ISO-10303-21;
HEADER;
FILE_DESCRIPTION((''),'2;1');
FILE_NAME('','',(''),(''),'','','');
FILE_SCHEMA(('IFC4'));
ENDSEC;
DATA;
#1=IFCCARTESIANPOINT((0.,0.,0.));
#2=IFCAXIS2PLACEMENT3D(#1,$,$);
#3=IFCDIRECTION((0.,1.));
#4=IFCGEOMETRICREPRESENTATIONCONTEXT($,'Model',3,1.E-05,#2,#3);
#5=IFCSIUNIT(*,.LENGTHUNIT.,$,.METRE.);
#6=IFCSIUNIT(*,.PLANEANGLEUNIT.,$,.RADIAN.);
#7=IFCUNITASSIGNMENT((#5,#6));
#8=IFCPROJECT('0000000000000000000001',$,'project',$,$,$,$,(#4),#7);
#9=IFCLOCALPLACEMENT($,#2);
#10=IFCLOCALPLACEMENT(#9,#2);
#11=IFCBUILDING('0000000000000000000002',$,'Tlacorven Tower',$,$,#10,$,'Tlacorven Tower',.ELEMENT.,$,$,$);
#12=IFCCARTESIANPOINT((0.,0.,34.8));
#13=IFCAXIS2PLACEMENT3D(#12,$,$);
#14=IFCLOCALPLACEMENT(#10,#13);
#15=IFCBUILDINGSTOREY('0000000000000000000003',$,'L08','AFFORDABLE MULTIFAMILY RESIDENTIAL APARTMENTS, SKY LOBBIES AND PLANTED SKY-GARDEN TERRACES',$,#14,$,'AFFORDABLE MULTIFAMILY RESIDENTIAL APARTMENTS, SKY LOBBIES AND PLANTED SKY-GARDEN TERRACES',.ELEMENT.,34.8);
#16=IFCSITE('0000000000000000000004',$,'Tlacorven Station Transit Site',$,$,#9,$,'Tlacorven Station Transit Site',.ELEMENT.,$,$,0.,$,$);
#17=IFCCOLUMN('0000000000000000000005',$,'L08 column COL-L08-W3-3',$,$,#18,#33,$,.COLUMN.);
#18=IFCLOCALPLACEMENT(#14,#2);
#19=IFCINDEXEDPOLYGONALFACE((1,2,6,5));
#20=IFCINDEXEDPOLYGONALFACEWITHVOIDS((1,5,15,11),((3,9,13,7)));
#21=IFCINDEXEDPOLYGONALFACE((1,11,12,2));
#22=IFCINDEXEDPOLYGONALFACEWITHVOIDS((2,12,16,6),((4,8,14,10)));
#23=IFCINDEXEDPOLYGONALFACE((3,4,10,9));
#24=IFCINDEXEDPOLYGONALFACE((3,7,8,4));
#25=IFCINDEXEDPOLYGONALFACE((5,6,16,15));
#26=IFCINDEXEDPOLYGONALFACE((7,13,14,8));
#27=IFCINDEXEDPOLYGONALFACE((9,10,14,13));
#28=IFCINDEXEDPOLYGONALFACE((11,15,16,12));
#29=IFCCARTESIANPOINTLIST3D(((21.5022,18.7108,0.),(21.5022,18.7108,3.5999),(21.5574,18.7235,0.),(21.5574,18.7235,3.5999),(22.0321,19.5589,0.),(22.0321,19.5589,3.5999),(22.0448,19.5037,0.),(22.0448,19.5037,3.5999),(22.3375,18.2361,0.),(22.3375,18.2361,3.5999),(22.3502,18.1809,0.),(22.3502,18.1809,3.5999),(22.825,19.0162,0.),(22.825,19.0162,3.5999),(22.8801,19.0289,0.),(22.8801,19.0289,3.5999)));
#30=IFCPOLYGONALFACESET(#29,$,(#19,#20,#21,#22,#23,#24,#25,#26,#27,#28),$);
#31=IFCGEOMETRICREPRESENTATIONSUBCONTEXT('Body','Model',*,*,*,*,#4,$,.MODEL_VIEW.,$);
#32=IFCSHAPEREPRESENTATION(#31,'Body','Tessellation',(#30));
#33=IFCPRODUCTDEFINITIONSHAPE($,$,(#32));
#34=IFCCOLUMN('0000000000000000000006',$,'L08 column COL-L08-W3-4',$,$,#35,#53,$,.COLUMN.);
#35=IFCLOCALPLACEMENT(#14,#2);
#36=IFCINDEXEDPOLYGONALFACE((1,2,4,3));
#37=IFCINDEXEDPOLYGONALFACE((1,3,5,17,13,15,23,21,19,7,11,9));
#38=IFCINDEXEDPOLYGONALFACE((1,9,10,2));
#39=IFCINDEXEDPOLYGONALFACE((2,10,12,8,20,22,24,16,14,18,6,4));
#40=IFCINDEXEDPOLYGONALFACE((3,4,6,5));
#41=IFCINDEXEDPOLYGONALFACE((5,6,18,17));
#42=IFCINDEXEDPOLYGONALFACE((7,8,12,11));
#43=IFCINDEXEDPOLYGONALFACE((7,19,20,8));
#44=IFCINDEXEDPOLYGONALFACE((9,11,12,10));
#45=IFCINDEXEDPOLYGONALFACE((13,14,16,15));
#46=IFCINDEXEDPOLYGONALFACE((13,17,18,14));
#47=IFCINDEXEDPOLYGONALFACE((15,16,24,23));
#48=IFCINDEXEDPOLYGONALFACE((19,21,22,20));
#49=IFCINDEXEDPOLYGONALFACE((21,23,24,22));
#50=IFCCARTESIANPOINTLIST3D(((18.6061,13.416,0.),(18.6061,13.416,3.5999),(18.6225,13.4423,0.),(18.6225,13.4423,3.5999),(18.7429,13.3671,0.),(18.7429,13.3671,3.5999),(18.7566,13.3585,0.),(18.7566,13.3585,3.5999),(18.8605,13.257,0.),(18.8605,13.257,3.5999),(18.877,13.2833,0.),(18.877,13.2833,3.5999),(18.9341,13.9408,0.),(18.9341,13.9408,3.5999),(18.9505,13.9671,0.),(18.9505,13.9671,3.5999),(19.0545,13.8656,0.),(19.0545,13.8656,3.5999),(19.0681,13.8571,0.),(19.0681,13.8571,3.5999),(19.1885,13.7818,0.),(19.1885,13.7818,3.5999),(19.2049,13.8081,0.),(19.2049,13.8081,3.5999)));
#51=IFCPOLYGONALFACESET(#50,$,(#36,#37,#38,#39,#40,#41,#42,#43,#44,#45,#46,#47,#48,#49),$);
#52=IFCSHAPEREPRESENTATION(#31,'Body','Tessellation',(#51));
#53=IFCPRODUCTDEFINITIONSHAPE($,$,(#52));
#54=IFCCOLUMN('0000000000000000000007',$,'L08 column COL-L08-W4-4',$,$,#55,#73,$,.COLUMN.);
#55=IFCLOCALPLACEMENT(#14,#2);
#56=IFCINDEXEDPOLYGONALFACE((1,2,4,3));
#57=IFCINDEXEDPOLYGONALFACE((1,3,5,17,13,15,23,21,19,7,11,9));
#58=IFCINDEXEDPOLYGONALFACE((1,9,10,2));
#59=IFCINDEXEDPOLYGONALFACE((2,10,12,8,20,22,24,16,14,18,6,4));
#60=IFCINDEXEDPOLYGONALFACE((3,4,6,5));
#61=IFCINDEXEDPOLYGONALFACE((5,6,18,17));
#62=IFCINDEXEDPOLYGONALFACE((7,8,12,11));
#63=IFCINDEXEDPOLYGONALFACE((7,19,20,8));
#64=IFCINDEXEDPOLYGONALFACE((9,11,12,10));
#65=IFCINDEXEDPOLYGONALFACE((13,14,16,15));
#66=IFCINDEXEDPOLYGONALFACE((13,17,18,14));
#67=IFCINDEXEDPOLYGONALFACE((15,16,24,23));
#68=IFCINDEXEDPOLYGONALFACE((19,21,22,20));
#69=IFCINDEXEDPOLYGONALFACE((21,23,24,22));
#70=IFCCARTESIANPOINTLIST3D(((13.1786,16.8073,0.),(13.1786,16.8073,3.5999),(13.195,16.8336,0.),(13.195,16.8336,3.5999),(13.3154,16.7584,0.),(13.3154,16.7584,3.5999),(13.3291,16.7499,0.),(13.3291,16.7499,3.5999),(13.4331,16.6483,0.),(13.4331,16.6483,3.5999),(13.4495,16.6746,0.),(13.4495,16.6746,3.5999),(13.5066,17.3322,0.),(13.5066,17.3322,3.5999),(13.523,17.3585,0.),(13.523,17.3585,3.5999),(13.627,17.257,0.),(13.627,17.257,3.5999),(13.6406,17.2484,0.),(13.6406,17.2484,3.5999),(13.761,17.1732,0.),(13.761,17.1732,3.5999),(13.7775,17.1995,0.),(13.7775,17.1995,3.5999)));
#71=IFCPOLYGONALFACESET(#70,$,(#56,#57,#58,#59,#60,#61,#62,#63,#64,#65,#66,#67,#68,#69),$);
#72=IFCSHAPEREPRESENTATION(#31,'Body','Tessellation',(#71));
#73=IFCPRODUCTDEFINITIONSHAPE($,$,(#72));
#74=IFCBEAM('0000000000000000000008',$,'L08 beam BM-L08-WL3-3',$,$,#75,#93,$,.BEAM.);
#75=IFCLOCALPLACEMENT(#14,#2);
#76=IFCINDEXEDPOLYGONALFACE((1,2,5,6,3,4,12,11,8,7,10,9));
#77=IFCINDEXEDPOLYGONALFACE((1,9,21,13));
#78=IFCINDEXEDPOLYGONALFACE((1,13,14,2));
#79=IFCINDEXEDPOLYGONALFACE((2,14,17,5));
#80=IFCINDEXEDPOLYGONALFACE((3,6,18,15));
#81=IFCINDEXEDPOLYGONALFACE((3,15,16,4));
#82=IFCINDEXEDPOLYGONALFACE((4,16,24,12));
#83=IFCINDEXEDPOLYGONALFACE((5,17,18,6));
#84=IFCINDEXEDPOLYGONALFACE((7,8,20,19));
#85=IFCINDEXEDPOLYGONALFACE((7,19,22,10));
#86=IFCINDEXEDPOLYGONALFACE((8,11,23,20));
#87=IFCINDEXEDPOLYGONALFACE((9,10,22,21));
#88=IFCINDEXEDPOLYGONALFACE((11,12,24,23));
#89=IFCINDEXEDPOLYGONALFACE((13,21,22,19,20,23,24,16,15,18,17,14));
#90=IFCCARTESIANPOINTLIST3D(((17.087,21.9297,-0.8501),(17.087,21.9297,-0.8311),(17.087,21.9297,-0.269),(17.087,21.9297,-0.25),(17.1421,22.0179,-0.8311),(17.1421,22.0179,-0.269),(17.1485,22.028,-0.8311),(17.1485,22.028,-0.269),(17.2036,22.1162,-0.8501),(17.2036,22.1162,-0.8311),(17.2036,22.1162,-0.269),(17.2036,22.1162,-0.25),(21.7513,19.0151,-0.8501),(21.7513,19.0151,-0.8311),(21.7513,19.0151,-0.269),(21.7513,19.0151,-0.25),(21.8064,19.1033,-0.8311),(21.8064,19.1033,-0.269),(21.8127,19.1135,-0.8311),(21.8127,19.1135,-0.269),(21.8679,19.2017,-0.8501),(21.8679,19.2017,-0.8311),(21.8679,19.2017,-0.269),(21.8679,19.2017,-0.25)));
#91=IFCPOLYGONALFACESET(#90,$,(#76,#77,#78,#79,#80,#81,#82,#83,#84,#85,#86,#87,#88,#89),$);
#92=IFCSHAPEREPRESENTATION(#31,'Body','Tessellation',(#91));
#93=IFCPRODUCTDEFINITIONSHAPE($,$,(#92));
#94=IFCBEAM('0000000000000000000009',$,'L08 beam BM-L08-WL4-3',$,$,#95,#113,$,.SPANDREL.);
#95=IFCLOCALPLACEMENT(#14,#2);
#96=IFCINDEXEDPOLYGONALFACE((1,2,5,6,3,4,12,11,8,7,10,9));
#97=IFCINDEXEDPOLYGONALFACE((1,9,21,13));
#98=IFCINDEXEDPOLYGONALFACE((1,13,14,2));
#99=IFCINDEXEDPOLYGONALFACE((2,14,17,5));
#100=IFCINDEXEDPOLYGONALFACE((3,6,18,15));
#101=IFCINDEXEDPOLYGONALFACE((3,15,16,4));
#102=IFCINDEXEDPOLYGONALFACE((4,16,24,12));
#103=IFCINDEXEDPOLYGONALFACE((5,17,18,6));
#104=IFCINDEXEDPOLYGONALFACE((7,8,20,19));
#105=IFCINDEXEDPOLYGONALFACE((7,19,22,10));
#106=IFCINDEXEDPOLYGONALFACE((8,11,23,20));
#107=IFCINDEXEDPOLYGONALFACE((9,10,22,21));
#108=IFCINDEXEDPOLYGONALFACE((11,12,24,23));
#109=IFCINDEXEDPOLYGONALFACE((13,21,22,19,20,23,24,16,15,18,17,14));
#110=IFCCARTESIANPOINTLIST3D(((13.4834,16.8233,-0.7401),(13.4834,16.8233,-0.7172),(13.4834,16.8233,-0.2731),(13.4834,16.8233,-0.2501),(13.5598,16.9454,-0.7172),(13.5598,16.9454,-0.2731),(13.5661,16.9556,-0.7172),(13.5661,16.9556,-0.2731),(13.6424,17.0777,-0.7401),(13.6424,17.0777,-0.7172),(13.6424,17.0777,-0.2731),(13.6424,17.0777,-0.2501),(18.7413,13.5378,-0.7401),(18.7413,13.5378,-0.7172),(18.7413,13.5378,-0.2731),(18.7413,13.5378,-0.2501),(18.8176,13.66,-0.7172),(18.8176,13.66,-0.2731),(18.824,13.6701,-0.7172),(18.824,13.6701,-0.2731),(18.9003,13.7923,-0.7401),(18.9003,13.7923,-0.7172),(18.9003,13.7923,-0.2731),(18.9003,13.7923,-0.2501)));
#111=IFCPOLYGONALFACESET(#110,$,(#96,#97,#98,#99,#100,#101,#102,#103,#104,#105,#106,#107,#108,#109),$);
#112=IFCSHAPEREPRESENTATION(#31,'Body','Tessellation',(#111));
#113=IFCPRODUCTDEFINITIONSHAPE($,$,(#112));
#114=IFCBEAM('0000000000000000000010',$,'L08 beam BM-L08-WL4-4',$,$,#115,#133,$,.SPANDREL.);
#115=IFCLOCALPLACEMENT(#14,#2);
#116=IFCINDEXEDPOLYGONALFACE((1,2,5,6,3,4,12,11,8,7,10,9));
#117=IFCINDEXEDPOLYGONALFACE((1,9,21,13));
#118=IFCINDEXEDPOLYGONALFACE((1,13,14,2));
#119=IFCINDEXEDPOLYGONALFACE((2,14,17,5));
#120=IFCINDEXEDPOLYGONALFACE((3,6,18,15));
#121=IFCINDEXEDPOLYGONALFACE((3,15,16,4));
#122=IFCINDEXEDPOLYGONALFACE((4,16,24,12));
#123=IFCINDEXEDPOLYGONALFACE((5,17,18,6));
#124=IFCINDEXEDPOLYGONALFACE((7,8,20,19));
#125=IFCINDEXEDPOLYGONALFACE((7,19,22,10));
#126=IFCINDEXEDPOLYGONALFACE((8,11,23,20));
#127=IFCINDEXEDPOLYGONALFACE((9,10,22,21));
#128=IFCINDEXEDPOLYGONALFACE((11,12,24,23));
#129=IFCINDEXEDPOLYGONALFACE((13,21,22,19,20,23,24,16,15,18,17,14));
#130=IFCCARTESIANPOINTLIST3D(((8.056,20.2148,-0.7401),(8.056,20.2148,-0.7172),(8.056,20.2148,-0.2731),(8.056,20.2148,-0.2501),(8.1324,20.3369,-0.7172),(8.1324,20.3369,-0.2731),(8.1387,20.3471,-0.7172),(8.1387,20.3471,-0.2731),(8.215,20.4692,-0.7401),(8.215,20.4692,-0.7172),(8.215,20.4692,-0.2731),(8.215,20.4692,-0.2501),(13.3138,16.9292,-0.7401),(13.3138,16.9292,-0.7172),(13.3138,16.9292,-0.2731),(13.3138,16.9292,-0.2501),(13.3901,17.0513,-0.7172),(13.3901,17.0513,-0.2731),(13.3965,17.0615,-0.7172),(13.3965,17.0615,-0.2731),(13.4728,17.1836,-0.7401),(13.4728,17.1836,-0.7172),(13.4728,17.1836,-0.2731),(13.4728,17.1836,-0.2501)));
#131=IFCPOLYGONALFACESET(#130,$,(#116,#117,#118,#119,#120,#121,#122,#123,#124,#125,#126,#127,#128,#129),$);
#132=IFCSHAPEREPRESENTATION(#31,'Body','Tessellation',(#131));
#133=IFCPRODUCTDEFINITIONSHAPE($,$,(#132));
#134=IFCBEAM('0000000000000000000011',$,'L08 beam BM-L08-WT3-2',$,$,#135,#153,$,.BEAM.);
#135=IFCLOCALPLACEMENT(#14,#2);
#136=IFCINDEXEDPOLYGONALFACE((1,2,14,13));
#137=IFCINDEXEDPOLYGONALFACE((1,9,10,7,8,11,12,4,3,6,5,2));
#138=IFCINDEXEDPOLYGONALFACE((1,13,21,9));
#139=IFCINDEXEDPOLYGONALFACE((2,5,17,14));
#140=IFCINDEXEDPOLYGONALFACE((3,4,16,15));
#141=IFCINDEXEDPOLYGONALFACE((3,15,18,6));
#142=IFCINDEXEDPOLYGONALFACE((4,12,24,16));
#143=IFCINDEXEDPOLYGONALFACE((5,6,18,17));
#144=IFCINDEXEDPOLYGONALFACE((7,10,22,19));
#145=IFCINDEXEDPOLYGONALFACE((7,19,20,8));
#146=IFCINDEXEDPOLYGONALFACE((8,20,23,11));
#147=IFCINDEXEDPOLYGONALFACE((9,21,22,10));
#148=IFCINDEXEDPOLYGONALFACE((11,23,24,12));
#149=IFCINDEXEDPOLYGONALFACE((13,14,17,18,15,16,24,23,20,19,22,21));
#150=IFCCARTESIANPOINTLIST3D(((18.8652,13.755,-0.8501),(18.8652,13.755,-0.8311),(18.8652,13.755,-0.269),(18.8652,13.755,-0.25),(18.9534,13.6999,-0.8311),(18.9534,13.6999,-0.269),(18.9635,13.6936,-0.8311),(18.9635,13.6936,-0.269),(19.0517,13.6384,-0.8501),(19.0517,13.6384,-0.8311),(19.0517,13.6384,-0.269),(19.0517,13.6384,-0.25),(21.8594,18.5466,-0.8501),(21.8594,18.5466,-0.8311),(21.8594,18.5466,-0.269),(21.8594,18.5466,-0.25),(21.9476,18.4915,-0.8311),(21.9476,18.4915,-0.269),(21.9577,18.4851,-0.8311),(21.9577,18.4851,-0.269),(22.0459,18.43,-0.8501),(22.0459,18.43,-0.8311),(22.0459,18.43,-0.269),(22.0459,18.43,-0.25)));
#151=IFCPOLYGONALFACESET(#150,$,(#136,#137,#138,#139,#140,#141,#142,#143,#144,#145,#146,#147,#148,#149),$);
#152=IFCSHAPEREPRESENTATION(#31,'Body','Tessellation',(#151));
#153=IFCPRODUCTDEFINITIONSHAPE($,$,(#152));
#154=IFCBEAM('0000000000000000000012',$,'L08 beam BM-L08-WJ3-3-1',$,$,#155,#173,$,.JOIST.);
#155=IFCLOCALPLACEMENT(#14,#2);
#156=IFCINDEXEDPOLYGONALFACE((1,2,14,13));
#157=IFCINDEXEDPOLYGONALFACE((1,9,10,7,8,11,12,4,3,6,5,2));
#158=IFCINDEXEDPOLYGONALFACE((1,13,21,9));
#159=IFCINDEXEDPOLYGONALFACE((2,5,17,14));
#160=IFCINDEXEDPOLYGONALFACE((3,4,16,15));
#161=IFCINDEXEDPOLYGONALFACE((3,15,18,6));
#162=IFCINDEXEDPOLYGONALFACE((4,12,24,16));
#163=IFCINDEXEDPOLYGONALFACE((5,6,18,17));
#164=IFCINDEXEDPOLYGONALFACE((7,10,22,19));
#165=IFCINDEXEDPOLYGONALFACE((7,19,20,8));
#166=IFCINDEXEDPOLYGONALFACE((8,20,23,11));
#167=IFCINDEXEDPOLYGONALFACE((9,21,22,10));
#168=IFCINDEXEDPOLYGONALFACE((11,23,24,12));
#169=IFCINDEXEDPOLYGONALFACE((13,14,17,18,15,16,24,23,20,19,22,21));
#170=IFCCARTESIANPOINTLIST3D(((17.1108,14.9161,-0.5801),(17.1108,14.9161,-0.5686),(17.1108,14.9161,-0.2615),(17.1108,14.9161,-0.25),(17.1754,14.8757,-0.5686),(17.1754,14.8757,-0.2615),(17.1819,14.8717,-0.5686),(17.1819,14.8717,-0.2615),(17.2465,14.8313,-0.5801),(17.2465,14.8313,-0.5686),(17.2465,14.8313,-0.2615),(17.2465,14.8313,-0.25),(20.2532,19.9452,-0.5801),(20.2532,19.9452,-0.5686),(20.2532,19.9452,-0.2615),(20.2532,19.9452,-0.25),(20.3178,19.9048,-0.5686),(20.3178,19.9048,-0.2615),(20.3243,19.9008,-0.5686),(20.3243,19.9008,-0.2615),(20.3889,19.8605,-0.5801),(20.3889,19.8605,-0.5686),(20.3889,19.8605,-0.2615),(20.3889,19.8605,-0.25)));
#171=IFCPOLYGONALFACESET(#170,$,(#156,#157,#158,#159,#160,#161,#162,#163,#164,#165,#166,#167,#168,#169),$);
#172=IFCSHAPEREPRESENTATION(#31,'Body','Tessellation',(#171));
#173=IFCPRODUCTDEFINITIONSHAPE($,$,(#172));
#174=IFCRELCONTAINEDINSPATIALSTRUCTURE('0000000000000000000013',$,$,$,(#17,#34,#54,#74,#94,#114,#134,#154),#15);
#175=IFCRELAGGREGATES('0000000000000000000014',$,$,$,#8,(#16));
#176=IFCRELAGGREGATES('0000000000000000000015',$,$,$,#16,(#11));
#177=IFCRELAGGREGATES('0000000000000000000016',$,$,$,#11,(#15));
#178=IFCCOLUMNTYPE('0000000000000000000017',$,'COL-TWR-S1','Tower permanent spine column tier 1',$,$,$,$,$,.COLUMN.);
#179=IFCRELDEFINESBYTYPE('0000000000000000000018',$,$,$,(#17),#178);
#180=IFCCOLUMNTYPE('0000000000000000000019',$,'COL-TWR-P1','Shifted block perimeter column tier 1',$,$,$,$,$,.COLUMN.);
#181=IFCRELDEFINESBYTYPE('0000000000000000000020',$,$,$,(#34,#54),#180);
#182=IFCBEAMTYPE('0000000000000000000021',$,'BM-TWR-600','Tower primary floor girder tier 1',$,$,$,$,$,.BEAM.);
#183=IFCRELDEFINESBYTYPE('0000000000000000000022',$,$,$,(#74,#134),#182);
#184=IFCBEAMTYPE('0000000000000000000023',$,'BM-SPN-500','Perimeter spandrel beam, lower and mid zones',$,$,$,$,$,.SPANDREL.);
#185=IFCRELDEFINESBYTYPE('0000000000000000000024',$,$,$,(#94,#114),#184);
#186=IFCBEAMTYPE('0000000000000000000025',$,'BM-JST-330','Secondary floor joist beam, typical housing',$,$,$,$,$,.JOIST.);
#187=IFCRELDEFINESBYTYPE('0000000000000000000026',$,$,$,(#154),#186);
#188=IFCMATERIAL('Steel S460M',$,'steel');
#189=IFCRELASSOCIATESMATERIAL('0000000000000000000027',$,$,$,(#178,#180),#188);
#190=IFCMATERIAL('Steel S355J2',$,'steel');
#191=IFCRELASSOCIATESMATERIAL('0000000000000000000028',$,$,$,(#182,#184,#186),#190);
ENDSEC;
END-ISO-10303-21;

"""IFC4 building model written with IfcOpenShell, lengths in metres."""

from ifc_helpers import new_model, si_unit, direction, frame, origin, origin_2d, place, context, subcontext, project, spatial, hollow_rectangle, i_section, extrude, source, transform, mapped, material, material_profile, profile_set, type_object, element, save


model = new_model("IFC4")

# Units and contexts
model_context = context("Model", 3, precision=1e-05, world=origin(), true_north=direction((0.0, 1.0)))
body_context = subcontext(model_context, "Body", "Model", "MODEL_VIEW")
ifc_project = project(units=[si_unit("LENGTHUNIT", "METRE"), si_unit("PLANEANGLEUNIT", "RADIAN")], contexts=[model_context])

# Site, building, storey
site_placement = place(None, origin())
site = spatial("IfcSite", under=ifc_project, at=site_placement, Name="Tlacorven Station Transit Site", LongName="Tlacorven Station Transit Site", CompositionType="ELEMENT", RefElevation=0.0)
building_placement = place(site_placement, origin())
building = spatial("IfcBuilding", under=site, at=building_placement, Name="Tlacorven Tower", LongName="Tlacorven Tower", CompositionType="ELEMENT")
storey_placement = place(building_placement, frame((0.0, 0.0, 34.8)))
storey = spatial("IfcBuildingStorey", under=building, at=storey_placement, Name="L08", Description="AFFORDABLE MULTIFAMILY RESIDENTIAL APARTMENTS, SKY LOBBIES AND PLANTED SKY-GARDEN TERRACES", LongName="AFFORDABLE MULTIFAMILY RESIDENTIAL APARTMENTS, SKY LOBBIES AND PLANTED SKY-GARDEN TERRACES", CompositionType="ELEMENT", Elevation=34.8)

# Columns
ifc_material_1 = material(Name="Steel S460M", Category="steel")
ifc_material_profile_1 = material_profile(ifc_material_1, hollow_rectangle(XDim=1.0, YDim=1.0, WallThickness=0.04, at=origin_2d()), Name="BOX 1000X1000X40")
ifc_profile_set_1 = profile_set([ifc_material_profile_1], Name="Steel S460M")
column_type_1 = type_object("IfcColumnType", Name="COL-TWR-S1", Description="Tower permanent spine column tier 1", PredefinedType="COLUMN", material=ifc_profile_set_1)
shared_shape_1 = source(origin(), body_context, "Body", "SweptSolid", [
    extrude(hollow_rectangle(XDim=1.0, YDim=1.0, WallThickness=0.04, at=origin_2d()), origin(), (0.0, 0.0, 1.0), 3.5999),
])
column_placement = place(storey_placement, frame((22.1912, 18.8699, 0.0), z_axis=(0.0, 0.0, 1.0), x_axis=(-0.848048, 0.529919, 0.0)))
element("IfcColumn", 1, at=column_placement, inside=storey, type_object=column_type_1, Name="L08 column COL-L08-W3-3", PredefinedType="COLUMN", context=body_context, shape_type="MappedRepresentation", body=[
    mapped(shared_shape_1, transform((0.0, 0.0, 0.0), scale=1.0)),
])
ifc_material_profile_2 = material_profile(ifc_material_1, i_section(OverallWidth=0.3, OverallDepth=0.6499, WebThickness=0.0161, FlangeThickness=0.031, at=origin_2d()), Name="HEB 650")
ifc_profile_set_2 = profile_set([ifc_material_profile_2], Name="Steel S460M")
column_type_2 = type_object("IfcColumnType", Name="COL-TWR-P1", Description="Shifted block perimeter column tier 1", PredefinedType="COLUMN", material=ifc_profile_set_2)
shared_shape_2 = source(origin(), body_context, "Body", "SweptSolid", [
    extrude(i_section(OverallWidth=0.3, OverallDepth=0.6499, WebThickness=0.0161, FlangeThickness=0.031, at=origin_2d()), origin(), (0.0, 0.0, 1.0), 3.5999),
])
for number, where, z_axis, x_axis, name in (
    (2, (18.9055, 13.6121, 0.0), (0.0, 0.0, 1.0), (-0.848048, 0.529919, 0.0), "L08 column COL-L08-W3-4"),
    (3, (13.478, 17.0034, 0.0), (0.0, 0.0, 1.0), (-0.848048, 0.529919, 0.0), "L08 column COL-L08-W4-4"),
):
    element("IfcColumn", number, at=place(storey_placement, frame(where, z_axis=z_axis, x_axis=x_axis)), inside=storey, type_object=column_type_2, Name=name, PredefinedType="COLUMN", context=body_context, shape_type="MappedRepresentation", body=[
        mapped(shared_shape_2, transform((0.0, 0.0, 0.0), scale=1.0)),
    ])

# Beams
ifc_material_2 = material(Name="Steel S355J2", Category="steel")
ifc_material_profile_3 = material_profile(ifc_material_2, i_section(OverallWidth=0.22, OverallDepth=0.6001, WebThickness=0.012, FlangeThickness=0.019, at=origin_2d()), Name="IPE 600")
ifc_profile_set_3 = profile_set([ifc_material_profile_3], Name="Steel S355J2")
beam_type_1 = type_object("IfcBeamType", Name="BM-TWR-600", Description="Tower primary floor girder tier 1", PredefinedType="BEAM", material=ifc_profile_set_3)
shared_shape_3 = source(origin(), body_context, "Body", "SweptSolid", [
    extrude(i_section(OverallWidth=0.22, OverallDepth=0.6001, WebThickness=0.012, FlangeThickness=0.019, at=origin_2d()), origin(), (0.0, 0.0, 1.0), 5.5),
])
beam_1_placement = place(storey_placement, frame((21.8096, 19.1084, -0.55), z_axis=(-0.848051, 0.529915, 0.0), x_axis=(-0.529915, -0.848051, 0.0)))
element("IfcBeam", 4, at=beam_1_placement, inside=storey, type_object=beam_type_1, Name="L08 beam BM-L08-WL3-3", PredefinedType="BEAM", context=body_context, shape_type="MappedRepresentation", body=[
    mapped(shared_shape_3, transform((0.0, 0.0, 0.0), scale=1.0)),
])
ifc_material_profile_4 = material_profile(ifc_material_2, i_section(OverallWidth=0.3, OverallDepth=0.49, WebThickness=0.012, FlangeThickness=0.0229, at=origin_2d()), Name="HEA 500")
ifc_profile_set_4 = profile_set([ifc_material_profile_4], Name="Steel S355J2")
beam_type_2 = type_object("IfcBeamType", Name="BM-SPN-500", Description="Perimeter spandrel beam, lower and mid zones", PredefinedType="SPANDREL", material=ifc_profile_set_4)
shared_shape_4 = source(origin(), body_context, "Body", "SweptSolid", [
    extrude(i_section(OverallWidth=0.3, OverallDepth=0.49, WebThickness=0.012, FlangeThickness=0.0229, at=origin_2d()), origin(), (0.0, 0.0, 1.0), 6.2),
])
for number, where, z_axis, x_axis, name in (
    (5, (18.8208, 13.665, -0.4951), (-0.848051, 0.529914, 0.0), (-0.529914, -0.848051, 0.0), "L08 beam BM-L08-WL4-3"),
    (6, (13.3933, 17.0564, -0.4951), (-0.848034, 0.529942, 0.0), (-0.529942, -0.848034, 0.0), "L08 beam BM-L08-WL4-4"),
):
    element("IfcBeam", number, at=place(storey_placement, frame(where, z_axis=z_axis, x_axis=x_axis)), inside=storey, type_object=beam_type_2, Name=name, PredefinedType="SPANDREL", context=body_context, shape_type="MappedRepresentation", body=[
        mapped(shared_shape_4, transform((0.0, 0.0, 0.0), scale=1.0)),
    ])
shared_shape_5 = source(origin(), body_context, "Body", "SweptSolid", [
    extrude(i_section(OverallWidth=0.22, OverallDepth=0.6001, WebThickness=0.012, FlangeThickness=0.019, at=origin_2d()), origin(), (0.0, 0.0, 1.0), 5.6501),
])
beam_2_placement = place(storey_placement, frame((21.9526, 18.4883, -0.55), z_axis=(-0.529929, -0.848042, 0.0), x_axis=(0.848042, -0.529929, 0.0)))
element("IfcBeam", 7, at=beam_2_placement, inside=storey, type_object=beam_type_1, Name="L08 beam BM-L08-WT3-2", PredefinedType="BEAM", context=body_context, shape_type="MappedRepresentation", body=[
    mapped(shared_shape_5, transform((0.0, 0.0, 0.0), scale=1.0)),
])
ifc_material_profile_5 = material_profile(ifc_material_2, i_section(OverallWidth=0.1599, OverallDepth=0.3301, WebThickness=0.0076, FlangeThickness=0.0115, at=origin_2d()), Name="IPE 330")
ifc_profile_set_5 = profile_set([ifc_material_profile_5], Name="Steel S355J2")
beam_type_3 = type_object("IfcBeamType", Name="BM-JST-330", Description="Secondary floor joist beam, typical housing", PredefinedType="JOIST", material=ifc_profile_set_5)
shared_shape_6 = source(origin(), body_context, "Body", "SweptSolid", [
    extrude(i_section(OverallWidth=0.1599, OverallDepth=0.3301, WebThickness=0.0076, FlangeThickness=0.0115, at=origin_2d()), origin(), (0.0, 0.0, 1.0), 5.9302),
])
beam_3_placement = place(storey_placement, frame((20.321, 19.9028, -0.415), z_axis=(-0.529899, -0.848061, 0.0), x_axis=(0.848061, -0.529899, 0.0)))
element("IfcBeam", 8, at=beam_3_placement, inside=storey, type_object=beam_type_3, Name="L08 beam BM-L08-WJ3-3-1", PredefinedType="JOIST", context=body_context, shape_type="MappedRepresentation", body=[
    mapped(shared_shape_6, transform((0.0, 0.0, 0.0), scale=1.0)),
])

save(model, "model.ifc")
